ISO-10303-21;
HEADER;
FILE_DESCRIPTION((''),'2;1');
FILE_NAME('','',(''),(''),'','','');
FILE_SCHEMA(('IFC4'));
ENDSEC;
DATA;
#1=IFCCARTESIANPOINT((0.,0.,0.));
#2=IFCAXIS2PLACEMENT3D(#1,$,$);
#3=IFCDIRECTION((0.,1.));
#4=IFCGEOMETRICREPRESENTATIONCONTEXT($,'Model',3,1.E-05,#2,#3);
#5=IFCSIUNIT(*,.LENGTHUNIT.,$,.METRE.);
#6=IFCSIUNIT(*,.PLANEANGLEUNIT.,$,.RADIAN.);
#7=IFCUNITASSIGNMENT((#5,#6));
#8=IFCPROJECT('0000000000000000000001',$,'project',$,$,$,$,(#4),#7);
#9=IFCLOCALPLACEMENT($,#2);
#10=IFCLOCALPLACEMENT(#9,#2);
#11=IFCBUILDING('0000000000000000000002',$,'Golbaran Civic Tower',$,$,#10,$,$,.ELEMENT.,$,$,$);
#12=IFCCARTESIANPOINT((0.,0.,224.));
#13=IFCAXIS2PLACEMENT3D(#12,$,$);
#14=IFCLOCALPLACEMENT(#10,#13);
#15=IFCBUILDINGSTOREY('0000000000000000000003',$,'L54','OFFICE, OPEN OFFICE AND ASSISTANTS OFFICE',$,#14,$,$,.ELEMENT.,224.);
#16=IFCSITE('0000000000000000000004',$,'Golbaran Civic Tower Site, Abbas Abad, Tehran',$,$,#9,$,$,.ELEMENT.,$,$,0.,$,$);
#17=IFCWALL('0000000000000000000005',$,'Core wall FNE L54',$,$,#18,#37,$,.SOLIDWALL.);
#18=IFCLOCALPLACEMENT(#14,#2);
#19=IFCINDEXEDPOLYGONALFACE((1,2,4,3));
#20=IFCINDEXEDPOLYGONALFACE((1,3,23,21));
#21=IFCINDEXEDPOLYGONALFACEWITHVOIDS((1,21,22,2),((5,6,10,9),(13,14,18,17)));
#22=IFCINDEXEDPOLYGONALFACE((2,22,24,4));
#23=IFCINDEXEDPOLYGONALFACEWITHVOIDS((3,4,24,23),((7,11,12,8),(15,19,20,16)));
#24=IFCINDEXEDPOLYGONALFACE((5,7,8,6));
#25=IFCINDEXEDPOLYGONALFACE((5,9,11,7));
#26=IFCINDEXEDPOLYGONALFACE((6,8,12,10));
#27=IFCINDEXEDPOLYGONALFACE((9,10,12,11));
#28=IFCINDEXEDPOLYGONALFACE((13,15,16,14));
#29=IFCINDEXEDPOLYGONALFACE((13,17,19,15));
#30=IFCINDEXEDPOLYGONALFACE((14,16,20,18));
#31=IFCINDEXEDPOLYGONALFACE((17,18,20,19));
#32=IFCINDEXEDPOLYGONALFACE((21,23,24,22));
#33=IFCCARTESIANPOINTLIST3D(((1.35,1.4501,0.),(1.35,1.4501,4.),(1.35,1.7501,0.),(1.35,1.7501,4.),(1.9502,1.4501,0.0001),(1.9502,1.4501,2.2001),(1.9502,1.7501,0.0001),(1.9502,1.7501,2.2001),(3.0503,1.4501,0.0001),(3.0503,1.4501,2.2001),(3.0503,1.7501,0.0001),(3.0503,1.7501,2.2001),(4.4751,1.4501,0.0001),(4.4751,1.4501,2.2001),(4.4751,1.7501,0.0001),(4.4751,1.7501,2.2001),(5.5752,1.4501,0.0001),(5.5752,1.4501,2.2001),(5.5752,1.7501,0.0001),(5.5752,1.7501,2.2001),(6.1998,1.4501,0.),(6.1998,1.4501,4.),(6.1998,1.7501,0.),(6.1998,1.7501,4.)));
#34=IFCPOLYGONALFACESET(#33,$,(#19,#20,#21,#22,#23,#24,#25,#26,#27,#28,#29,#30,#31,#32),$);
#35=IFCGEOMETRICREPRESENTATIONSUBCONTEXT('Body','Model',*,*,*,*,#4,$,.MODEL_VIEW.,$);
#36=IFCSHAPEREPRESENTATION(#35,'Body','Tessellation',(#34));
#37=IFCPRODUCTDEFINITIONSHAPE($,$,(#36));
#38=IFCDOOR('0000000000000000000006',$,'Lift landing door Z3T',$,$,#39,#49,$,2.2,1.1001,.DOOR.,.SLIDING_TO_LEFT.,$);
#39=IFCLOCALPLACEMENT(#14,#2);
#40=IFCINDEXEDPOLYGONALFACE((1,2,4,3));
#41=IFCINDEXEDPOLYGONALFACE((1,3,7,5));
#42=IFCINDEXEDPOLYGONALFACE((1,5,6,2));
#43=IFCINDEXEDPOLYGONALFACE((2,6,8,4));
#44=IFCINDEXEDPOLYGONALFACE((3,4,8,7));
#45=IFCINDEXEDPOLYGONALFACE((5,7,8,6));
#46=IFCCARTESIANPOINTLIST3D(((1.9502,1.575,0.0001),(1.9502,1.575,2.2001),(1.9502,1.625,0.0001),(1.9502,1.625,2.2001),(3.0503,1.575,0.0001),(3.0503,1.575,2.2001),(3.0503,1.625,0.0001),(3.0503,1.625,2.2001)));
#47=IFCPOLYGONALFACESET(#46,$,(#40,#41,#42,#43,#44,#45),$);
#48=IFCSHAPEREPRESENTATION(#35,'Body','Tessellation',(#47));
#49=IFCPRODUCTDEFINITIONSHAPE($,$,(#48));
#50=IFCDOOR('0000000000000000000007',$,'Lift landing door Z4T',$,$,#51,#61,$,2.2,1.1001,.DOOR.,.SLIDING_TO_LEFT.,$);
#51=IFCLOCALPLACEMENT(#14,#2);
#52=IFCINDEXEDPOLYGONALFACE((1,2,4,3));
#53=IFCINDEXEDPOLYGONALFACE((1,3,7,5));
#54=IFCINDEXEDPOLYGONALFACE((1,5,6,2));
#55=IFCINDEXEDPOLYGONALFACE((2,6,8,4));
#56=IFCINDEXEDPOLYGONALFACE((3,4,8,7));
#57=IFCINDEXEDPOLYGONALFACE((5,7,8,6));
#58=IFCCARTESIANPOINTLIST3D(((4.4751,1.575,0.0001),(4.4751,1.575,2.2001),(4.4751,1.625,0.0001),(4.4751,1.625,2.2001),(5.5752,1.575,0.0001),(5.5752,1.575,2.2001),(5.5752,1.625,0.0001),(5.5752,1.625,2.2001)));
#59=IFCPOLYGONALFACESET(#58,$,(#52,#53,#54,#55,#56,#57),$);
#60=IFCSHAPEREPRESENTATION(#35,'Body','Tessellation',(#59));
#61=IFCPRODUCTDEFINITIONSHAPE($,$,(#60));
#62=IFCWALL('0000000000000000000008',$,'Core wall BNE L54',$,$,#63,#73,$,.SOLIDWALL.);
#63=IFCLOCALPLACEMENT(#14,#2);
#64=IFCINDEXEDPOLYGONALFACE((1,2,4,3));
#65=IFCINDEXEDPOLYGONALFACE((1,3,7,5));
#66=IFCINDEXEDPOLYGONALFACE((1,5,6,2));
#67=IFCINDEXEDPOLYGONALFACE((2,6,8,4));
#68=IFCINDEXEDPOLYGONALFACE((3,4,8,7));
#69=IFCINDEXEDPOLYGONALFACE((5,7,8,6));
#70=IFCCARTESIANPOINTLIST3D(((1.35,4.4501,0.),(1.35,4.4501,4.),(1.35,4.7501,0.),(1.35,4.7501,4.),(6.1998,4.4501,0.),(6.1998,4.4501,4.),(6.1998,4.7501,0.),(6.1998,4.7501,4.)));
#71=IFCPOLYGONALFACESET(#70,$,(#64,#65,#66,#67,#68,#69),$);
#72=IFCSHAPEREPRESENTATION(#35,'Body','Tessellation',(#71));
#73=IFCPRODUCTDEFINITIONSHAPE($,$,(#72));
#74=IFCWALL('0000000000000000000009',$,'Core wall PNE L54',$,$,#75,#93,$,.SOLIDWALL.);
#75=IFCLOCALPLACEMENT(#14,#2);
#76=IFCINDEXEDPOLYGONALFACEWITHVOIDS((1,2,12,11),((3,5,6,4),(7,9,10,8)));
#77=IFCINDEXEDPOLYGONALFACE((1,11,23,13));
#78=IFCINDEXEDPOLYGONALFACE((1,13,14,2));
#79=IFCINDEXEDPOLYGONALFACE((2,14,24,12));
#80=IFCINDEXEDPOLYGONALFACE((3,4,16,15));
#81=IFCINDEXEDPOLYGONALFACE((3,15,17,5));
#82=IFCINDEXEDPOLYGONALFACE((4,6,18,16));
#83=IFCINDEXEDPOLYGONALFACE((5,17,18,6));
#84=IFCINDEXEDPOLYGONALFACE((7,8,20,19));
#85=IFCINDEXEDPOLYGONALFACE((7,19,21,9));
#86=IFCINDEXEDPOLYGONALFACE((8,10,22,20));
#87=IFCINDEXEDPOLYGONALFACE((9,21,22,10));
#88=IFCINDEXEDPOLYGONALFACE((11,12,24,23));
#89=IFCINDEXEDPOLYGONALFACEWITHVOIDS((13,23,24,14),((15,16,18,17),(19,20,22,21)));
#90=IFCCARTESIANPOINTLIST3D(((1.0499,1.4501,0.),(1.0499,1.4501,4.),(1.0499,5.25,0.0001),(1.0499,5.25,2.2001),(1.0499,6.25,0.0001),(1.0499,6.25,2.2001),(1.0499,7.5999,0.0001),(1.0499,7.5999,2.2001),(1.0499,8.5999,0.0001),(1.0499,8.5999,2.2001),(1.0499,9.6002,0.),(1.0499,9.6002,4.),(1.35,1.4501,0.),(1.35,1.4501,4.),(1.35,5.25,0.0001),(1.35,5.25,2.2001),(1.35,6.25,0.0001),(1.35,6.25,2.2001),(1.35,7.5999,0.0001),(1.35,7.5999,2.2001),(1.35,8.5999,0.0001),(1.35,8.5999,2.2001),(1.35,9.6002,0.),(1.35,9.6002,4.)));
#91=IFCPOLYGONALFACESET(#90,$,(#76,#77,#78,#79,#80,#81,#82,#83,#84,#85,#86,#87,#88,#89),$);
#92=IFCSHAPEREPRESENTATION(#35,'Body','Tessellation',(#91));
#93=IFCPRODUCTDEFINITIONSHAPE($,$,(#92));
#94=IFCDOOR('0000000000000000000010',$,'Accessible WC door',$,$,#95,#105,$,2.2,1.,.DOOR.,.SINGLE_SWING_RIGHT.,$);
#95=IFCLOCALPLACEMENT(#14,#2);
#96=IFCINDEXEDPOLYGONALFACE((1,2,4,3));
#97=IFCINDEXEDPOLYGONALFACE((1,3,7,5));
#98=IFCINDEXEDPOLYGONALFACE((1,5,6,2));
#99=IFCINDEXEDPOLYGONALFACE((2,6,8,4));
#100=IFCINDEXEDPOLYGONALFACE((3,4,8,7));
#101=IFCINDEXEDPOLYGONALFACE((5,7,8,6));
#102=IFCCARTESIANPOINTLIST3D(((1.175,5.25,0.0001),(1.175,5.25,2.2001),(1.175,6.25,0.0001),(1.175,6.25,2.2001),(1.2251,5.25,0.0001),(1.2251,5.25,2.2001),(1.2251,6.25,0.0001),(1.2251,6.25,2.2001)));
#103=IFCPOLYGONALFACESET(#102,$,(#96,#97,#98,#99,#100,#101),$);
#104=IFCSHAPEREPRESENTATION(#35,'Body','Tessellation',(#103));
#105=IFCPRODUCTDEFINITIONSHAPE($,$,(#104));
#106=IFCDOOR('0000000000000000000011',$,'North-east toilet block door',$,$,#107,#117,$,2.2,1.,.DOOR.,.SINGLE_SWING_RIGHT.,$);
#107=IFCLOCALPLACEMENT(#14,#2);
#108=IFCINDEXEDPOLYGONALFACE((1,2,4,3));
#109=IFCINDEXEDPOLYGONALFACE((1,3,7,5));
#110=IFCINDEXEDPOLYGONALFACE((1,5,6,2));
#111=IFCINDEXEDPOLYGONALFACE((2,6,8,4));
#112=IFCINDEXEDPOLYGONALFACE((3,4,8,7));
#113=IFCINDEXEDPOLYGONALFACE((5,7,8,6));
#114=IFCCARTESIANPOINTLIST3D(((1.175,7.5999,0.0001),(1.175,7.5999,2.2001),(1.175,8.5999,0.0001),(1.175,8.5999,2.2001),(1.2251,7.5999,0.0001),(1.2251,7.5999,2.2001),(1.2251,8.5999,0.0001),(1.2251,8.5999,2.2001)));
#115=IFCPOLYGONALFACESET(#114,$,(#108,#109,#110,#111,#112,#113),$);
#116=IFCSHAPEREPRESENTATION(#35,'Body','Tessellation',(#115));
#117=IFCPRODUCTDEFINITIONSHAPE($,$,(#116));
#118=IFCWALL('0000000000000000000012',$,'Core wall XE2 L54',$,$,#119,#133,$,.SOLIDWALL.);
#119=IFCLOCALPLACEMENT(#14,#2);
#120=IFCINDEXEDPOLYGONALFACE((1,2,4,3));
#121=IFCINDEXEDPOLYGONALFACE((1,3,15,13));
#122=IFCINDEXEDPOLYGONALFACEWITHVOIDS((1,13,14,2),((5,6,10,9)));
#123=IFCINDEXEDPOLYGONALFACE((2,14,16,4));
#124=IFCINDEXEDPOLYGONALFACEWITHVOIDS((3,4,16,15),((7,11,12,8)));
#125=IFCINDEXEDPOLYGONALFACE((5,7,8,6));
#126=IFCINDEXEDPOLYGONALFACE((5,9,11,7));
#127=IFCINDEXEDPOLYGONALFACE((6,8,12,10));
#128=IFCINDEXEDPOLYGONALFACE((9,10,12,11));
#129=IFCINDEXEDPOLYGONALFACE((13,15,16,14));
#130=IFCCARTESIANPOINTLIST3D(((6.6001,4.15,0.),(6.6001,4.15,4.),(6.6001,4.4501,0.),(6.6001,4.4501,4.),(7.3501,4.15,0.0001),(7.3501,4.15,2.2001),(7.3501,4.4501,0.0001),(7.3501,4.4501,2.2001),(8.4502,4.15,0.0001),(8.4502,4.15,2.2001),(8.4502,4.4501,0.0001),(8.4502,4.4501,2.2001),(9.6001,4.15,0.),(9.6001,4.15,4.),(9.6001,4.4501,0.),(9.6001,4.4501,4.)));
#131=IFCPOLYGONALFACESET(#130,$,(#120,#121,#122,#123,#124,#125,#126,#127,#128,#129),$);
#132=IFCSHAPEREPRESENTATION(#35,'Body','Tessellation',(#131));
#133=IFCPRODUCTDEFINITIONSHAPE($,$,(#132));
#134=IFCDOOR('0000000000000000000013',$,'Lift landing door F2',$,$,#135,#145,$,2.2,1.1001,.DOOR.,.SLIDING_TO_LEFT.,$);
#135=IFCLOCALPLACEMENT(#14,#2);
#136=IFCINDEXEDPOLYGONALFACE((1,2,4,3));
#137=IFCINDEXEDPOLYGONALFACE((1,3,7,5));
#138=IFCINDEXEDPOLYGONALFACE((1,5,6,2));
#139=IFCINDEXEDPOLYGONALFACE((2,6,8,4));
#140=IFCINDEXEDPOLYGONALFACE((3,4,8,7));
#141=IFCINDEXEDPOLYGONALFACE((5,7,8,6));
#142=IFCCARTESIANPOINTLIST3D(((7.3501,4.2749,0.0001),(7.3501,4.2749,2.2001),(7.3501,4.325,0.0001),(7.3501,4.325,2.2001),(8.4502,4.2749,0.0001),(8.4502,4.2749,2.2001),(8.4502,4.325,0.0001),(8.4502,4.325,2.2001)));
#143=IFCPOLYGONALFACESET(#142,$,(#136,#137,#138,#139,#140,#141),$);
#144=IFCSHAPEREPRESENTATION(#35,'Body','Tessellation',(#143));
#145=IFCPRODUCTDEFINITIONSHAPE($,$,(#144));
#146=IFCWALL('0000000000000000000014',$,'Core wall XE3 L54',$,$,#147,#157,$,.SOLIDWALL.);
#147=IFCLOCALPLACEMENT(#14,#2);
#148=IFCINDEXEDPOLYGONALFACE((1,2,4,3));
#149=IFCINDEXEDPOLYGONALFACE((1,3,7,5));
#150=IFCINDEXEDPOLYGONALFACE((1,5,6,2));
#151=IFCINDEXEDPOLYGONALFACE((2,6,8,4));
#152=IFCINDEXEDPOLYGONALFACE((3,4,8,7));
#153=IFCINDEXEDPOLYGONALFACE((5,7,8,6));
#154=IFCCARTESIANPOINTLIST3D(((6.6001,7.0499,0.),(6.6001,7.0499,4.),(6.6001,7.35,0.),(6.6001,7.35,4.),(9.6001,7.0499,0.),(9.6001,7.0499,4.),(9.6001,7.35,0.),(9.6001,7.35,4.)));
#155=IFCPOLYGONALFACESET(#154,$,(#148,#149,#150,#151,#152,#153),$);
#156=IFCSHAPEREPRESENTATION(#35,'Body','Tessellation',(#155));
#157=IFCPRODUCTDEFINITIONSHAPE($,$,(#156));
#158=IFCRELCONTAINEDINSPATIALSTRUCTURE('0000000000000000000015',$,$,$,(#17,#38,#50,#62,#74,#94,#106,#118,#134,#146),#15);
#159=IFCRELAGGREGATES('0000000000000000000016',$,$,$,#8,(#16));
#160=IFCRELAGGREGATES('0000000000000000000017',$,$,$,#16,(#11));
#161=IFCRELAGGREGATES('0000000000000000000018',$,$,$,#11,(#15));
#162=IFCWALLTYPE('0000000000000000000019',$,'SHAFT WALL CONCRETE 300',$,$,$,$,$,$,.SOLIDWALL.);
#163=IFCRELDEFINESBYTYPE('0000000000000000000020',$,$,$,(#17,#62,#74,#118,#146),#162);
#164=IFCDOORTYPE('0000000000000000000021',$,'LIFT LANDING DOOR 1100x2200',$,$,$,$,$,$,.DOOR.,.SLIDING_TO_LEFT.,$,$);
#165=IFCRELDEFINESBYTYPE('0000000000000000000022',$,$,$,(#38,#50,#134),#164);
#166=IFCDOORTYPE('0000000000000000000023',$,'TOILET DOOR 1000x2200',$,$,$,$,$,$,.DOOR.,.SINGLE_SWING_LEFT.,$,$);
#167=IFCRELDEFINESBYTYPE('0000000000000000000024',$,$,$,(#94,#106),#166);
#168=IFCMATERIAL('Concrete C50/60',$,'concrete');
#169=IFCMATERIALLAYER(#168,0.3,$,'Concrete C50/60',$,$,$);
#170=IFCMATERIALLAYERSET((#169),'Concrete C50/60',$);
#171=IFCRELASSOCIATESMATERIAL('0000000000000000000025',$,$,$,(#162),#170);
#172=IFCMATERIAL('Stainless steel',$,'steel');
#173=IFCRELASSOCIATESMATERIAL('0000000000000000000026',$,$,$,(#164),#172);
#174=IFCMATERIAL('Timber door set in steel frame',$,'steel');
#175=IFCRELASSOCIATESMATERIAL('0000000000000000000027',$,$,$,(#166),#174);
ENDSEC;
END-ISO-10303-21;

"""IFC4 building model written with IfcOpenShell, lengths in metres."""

from ifc_helpers import new_model, si_unit, direction, frame, frame_2d, origin, place, context, subcontext, project, spatial, rectangle, extrude, material, layer, layer_set, type_object, element, fill, save


model = new_model("IFC4")

# Units and contexts
model_context = context("Model", 3, precision=1e-05, world=origin(), true_north=direction((0.0, 1.0)))
body_context = subcontext(model_context, "Body", "Model", "MODEL_VIEW")
ifc_project = project(units=[si_unit("LENGTHUNIT", "METRE"), si_unit("PLANEANGLEUNIT", "RADIAN")], contexts=[model_context])

# Site, building, storey
site_placement = place(None, origin())
site = spatial("IfcSite", under=ifc_project, at=site_placement, Name="Golbaran Civic Tower Site, Abbas Abad, Tehran", CompositionType="ELEMENT", RefElevation=0.0)
building_placement = place(site_placement, origin())
building = spatial("IfcBuilding", under=site, at=building_placement, Name="Golbaran Civic Tower", CompositionType="ELEMENT")
storey_placement = place(building_placement, frame((0.0, 0.0, 224.0)))
storey = spatial("IfcBuildingStorey", under=building, at=storey_placement, Name="L54", Description="OFFICE, OPEN OFFICE AND ASSISTANTS OFFICE", CompositionType="ELEMENT", Elevation=224.0)

# Shared definitions
ifc_material_1 = material(Name="Timber door set in steel frame", Category="steel")

# Wall, openings, doors
ifc_material_2 = material(Name="Concrete C50/60", Category="concrete")
ifc_layer_1 = layer(ifc_material_2, 0.3, Name="Concrete C50/60")
ifc_layer_set_1 = layer_set([ifc_layer_1], Name="Concrete C50/60")
wall_type_1 = type_object("IfcWallType", Name="SHAFT WALL CONCRETE 300", PredefinedType="SOLIDWALL", material=ifc_layer_set_1)
wall_1_placement = place(storey_placement, frame((1.3501, 1.6001, 0.0), z_axis=(0.0, 0.0, 1.0), x_axis=(1.0, 0.0, 0.0)))
wall_1 = element("IfcWall", 1, at=wall_1_placement, inside=storey, type_object=wall_type_1, Name="Core wall FNE L54", PredefinedType="SOLIDWALL", context=body_context, shape_type="SweptSolid", body=[
    extrude(rectangle(XDim=4.8499, YDim=0.3, at=frame_2d((2.4248, 0.0))), origin(), (0.0, 0.0, 1.0), 4.0),
])
opening_1_placement = place(wall_1_placement, frame((0.6001, 0.0, 0.0)))
opening_1 = element("IfcOpeningElement", 2, at=opening_1_placement, cuts=wall_1, PredefinedType="OPENING", context=body_context, shape_type="SweptSolid", body=[
    extrude(rectangle(XDim=1.1001, YDim=2.2, at=frame_2d((0.55, 1.1001))), frame((0.0, 0.1599, 0.0), z_axis=(0.0, -1.0, 0.0), x_axis=(1.0, 0.0, 0.0)), (0.0, 0.0, 1.0), 0.3201),
])
opening_2_placement = place(wall_1_placement, frame((3.125, 0.0, 0.0)))
opening_2 = element("IfcOpeningElement", 3, at=opening_2_placement, cuts=wall_1, PredefinedType="OPENING", context=body_context, shape_type="SweptSolid", body=[
    extrude(rectangle(XDim=1.1001, YDim=2.2, at=frame_2d((0.55, 1.1001))), frame((0.0, 0.1599, 0.0), z_axis=(0.0, -1.0, 0.0), x_axis=(1.0, 0.0, 0.0)), (0.0, 0.0, 1.0), 0.3201),
])
ifc_material_3 = material(Name="Stainless steel", Category="steel")
door_type_1 = type_object("IfcDoorType", Name="LIFT LANDING DOOR 1100x2200", OperationType="SLIDING_TO_LEFT", PredefinedType="DOOR", material=ifc_material_3)
door_1_placement = place(opening_1_placement, origin())
door_1 = element("IfcDoor", 4, at=door_1_placement, inside=storey, type_object=door_type_1, Name="Lift landing door Z3T", OperationType="SLIDING_TO_LEFT", OverallHeight=2.2, OverallWidth=1.1001, PredefinedType="DOOR", context=body_context, shape_type="SweptSolid", body=[
    extrude(rectangle(XDim=1.1001, YDim=2.2, at=frame_2d((0.55, 1.1001))), frame((0.0, 0.0249, 0.0), z_axis=(0.0, -1.0, 0.0), x_axis=(1.0, 0.0, 0.0)), (0.0, 0.0, 1.0), 0.05),
])
fill(opening_1, door_1)
door_2_placement = place(opening_2_placement, origin())
door_2 = element("IfcDoor", 5, at=door_2_placement, inside=storey, type_object=door_type_1, Name="Lift landing door Z4T", OperationType="SLIDING_TO_LEFT", OverallHeight=2.2, OverallWidth=1.1001, PredefinedType="DOOR", context=body_context, shape_type="SweptSolid", body=[
    extrude(rectangle(XDim=1.1001, YDim=2.2, at=frame_2d((0.55, 1.1001))), frame((0.0, 0.0249, 0.0), z_axis=(0.0, -1.0, 0.0), x_axis=(1.0, 0.0, 0.0)), (0.0, 0.0, 1.0), 0.05),
])
fill(opening_2, door_2)

# Wall
wall_2_placement = place(storey_placement, frame((1.3501, 4.6001, 0.0), z_axis=(0.0, 0.0, 1.0), x_axis=(1.0, 0.0, 0.0)))
element("IfcWall", 6, at=wall_2_placement, inside=storey, type_object=wall_type_1, Name="Core wall BNE L54", PredefinedType="SOLIDWALL", context=body_context, shape_type="SweptSolid", body=[
    extrude(rectangle(XDim=4.8499, YDim=0.3, at=frame_2d((2.4248, 0.0))), origin(), (0.0, 0.0, 1.0), 4.0),
])

# Wall, openings, doors
wall_3_placement = place(storey_placement, frame((1.2, 1.45, 0.0), z_axis=(0.0, 0.0, 1.0), x_axis=(0.0, 1.0, 0.0)))
wall_3 = element("IfcWall", 7, at=wall_3_placement, inside=storey, type_object=wall_type_1, Name="Core wall PNE L54", PredefinedType="SOLIDWALL", context=body_context, shape_type="SweptSolid", body=[
    extrude(rectangle(XDim=8.1501, YDim=0.3, at=frame_2d((4.0752, 0.0))), origin(), (0.0, 0.0, 1.0), 4.0),
])
opening_3_placement = place(wall_3_placement, frame((3.8, 0.0, 0.0)))
opening_3 = element("IfcOpeningElement", 8, at=opening_3_placement, cuts=wall_3, PredefinedType="OPENING", context=body_context, shape_type="SweptSolid", body=[
    extrude(rectangle(XDim=1.0, YDim=2.2, at=frame_2d((0.5, 1.1001))), frame((0.0, 0.1599, 0.0), z_axis=(0.0, -1.0, 0.0), x_axis=(1.0, 0.0, 0.0)), (0.0, 0.0, 1.0), 0.3201),
])
opening_4_placement = place(wall_3_placement, frame((6.1499, 0.0, 0.0)))
opening_4 = element("IfcOpeningElement", 9, at=opening_4_placement, cuts=wall_3, PredefinedType="OPENING", context=body_context, shape_type="SweptSolid", body=[
    extrude(rectangle(XDim=1.0, YDim=2.2, at=frame_2d((0.5, 1.1001))), frame((0.0, 0.1599, 0.0), z_axis=(0.0, -1.0, 0.0), x_axis=(1.0, 0.0, 0.0)), (0.0, 0.0, 1.0), 0.3201),
])
door_type_2 = type_object("IfcDoorType", Name="TOILET DOOR 1000x2200", OperationType="SINGLE_SWING_LEFT", PredefinedType="DOOR", material=ifc_material_1)
door_3_placement = place(opening_3_placement, origin())
door_3 = element("IfcDoor", 10, at=door_3_placement, inside=storey, type_object=door_type_2, Name="Accessible WC door", OperationType="SINGLE_SWING_RIGHT", OverallHeight=2.2, OverallWidth=1.0, PredefinedType="DOOR", context=body_context, shape_type="SweptSolid", body=[
    extrude(rectangle(XDim=1.0, YDim=2.2, at=frame_2d((0.5, 1.1001))), frame((0.0, 0.0249, 0.0), z_axis=(0.0, -1.0, 0.0), x_axis=(1.0, 0.0, 0.0)), (0.0, 0.0, 1.0), 0.05),
])
fill(opening_3, door_3)
door_4_placement = place(opening_4_placement, origin())
door_4 = element("IfcDoor", 11, at=door_4_placement, inside=storey, type_object=door_type_2, Name="North-east toilet block door", OperationType="SINGLE_SWING_RIGHT", OverallHeight=2.2, OverallWidth=1.0, PredefinedType="DOOR", context=body_context, shape_type="SweptSolid", body=[
    extrude(rectangle(XDim=1.0, YDim=2.2, at=frame_2d((0.5, 1.1001))), frame((0.0, 0.0249, 0.0), z_axis=(0.0, -1.0, 0.0), x_axis=(1.0, 0.0, 0.0)), (0.0, 0.0, 1.0), 0.05),
])
fill(opening_4, door_4)

# Wall, opening, door
wall_4_placement = place(storey_placement, frame((6.6001, 4.3, 0.0), z_axis=(0.0, 0.0, 1.0), x_axis=(1.0, 0.0, 0.0)))
wall_4 = element("IfcWall", 12, at=wall_4_placement, inside=storey, type_object=wall_type_1, Name="Core wall XE2 L54", PredefinedType="SOLIDWALL", context=body_context, shape_type="SweptSolid", body=[
    extrude(rectangle(XDim=3.0, YDim=0.3, at=frame_2d((1.5, 0.0))), origin(), (0.0, 0.0, 1.0), 4.0),
])
opening_5_placement = place(wall_4_placement, frame((0.75, 0.0, 0.0)))
opening_5 = element("IfcOpeningElement", 13, at=opening_5_placement, cuts=wall_4, PredefinedType="OPENING", context=body_context, shape_type="SweptSolid", body=[
    extrude(rectangle(XDim=1.1001, YDim=2.2, at=frame_2d((0.55, 1.1001))), frame((0.0, 0.1599, 0.0), z_axis=(0.0, -1.0, 0.0), x_axis=(1.0, 0.0, 0.0)), (0.0, 0.0, 1.0), 0.3201),
])
door_5_placement = place(opening_5_placement, origin())
door_5 = element("IfcDoor", 14, at=door_5_placement, inside=storey, type_object=door_type_1, Name="Lift landing door F2", OperationType="SLIDING_TO_LEFT", OverallHeight=2.2, OverallWidth=1.1001, PredefinedType="DOOR", context=body_context, shape_type="SweptSolid", body=[
    extrude(rectangle(XDim=1.1001, YDim=2.2, at=frame_2d((0.55, 1.1001))), frame((0.0, 0.0249, 0.0), z_axis=(0.0, -1.0, 0.0), x_axis=(1.0, 0.0, 0.0)), (0.0, 0.0, 1.0), 0.05),
])
fill(opening_5, door_5)

# Wall
wall_5_placement = place(storey_placement, frame((6.6001, 7.2, 0.0), z_axis=(0.0, 0.0, 1.0), x_axis=(1.0, 0.0, 0.0)))
element("IfcWall", 15, at=wall_5_placement, inside=storey, type_object=wall_type_1, Name="Core wall XE3 L54", PredefinedType="SOLIDWALL", context=body_context, shape_type="SweptSolid", body=[
    extrude(rectangle(XDim=3.0, YDim=0.3, at=frame_2d((1.5, 0.0))), origin(), (0.0, 0.0, 1.0), 4.0),
])

save(model, "model.ifc")
